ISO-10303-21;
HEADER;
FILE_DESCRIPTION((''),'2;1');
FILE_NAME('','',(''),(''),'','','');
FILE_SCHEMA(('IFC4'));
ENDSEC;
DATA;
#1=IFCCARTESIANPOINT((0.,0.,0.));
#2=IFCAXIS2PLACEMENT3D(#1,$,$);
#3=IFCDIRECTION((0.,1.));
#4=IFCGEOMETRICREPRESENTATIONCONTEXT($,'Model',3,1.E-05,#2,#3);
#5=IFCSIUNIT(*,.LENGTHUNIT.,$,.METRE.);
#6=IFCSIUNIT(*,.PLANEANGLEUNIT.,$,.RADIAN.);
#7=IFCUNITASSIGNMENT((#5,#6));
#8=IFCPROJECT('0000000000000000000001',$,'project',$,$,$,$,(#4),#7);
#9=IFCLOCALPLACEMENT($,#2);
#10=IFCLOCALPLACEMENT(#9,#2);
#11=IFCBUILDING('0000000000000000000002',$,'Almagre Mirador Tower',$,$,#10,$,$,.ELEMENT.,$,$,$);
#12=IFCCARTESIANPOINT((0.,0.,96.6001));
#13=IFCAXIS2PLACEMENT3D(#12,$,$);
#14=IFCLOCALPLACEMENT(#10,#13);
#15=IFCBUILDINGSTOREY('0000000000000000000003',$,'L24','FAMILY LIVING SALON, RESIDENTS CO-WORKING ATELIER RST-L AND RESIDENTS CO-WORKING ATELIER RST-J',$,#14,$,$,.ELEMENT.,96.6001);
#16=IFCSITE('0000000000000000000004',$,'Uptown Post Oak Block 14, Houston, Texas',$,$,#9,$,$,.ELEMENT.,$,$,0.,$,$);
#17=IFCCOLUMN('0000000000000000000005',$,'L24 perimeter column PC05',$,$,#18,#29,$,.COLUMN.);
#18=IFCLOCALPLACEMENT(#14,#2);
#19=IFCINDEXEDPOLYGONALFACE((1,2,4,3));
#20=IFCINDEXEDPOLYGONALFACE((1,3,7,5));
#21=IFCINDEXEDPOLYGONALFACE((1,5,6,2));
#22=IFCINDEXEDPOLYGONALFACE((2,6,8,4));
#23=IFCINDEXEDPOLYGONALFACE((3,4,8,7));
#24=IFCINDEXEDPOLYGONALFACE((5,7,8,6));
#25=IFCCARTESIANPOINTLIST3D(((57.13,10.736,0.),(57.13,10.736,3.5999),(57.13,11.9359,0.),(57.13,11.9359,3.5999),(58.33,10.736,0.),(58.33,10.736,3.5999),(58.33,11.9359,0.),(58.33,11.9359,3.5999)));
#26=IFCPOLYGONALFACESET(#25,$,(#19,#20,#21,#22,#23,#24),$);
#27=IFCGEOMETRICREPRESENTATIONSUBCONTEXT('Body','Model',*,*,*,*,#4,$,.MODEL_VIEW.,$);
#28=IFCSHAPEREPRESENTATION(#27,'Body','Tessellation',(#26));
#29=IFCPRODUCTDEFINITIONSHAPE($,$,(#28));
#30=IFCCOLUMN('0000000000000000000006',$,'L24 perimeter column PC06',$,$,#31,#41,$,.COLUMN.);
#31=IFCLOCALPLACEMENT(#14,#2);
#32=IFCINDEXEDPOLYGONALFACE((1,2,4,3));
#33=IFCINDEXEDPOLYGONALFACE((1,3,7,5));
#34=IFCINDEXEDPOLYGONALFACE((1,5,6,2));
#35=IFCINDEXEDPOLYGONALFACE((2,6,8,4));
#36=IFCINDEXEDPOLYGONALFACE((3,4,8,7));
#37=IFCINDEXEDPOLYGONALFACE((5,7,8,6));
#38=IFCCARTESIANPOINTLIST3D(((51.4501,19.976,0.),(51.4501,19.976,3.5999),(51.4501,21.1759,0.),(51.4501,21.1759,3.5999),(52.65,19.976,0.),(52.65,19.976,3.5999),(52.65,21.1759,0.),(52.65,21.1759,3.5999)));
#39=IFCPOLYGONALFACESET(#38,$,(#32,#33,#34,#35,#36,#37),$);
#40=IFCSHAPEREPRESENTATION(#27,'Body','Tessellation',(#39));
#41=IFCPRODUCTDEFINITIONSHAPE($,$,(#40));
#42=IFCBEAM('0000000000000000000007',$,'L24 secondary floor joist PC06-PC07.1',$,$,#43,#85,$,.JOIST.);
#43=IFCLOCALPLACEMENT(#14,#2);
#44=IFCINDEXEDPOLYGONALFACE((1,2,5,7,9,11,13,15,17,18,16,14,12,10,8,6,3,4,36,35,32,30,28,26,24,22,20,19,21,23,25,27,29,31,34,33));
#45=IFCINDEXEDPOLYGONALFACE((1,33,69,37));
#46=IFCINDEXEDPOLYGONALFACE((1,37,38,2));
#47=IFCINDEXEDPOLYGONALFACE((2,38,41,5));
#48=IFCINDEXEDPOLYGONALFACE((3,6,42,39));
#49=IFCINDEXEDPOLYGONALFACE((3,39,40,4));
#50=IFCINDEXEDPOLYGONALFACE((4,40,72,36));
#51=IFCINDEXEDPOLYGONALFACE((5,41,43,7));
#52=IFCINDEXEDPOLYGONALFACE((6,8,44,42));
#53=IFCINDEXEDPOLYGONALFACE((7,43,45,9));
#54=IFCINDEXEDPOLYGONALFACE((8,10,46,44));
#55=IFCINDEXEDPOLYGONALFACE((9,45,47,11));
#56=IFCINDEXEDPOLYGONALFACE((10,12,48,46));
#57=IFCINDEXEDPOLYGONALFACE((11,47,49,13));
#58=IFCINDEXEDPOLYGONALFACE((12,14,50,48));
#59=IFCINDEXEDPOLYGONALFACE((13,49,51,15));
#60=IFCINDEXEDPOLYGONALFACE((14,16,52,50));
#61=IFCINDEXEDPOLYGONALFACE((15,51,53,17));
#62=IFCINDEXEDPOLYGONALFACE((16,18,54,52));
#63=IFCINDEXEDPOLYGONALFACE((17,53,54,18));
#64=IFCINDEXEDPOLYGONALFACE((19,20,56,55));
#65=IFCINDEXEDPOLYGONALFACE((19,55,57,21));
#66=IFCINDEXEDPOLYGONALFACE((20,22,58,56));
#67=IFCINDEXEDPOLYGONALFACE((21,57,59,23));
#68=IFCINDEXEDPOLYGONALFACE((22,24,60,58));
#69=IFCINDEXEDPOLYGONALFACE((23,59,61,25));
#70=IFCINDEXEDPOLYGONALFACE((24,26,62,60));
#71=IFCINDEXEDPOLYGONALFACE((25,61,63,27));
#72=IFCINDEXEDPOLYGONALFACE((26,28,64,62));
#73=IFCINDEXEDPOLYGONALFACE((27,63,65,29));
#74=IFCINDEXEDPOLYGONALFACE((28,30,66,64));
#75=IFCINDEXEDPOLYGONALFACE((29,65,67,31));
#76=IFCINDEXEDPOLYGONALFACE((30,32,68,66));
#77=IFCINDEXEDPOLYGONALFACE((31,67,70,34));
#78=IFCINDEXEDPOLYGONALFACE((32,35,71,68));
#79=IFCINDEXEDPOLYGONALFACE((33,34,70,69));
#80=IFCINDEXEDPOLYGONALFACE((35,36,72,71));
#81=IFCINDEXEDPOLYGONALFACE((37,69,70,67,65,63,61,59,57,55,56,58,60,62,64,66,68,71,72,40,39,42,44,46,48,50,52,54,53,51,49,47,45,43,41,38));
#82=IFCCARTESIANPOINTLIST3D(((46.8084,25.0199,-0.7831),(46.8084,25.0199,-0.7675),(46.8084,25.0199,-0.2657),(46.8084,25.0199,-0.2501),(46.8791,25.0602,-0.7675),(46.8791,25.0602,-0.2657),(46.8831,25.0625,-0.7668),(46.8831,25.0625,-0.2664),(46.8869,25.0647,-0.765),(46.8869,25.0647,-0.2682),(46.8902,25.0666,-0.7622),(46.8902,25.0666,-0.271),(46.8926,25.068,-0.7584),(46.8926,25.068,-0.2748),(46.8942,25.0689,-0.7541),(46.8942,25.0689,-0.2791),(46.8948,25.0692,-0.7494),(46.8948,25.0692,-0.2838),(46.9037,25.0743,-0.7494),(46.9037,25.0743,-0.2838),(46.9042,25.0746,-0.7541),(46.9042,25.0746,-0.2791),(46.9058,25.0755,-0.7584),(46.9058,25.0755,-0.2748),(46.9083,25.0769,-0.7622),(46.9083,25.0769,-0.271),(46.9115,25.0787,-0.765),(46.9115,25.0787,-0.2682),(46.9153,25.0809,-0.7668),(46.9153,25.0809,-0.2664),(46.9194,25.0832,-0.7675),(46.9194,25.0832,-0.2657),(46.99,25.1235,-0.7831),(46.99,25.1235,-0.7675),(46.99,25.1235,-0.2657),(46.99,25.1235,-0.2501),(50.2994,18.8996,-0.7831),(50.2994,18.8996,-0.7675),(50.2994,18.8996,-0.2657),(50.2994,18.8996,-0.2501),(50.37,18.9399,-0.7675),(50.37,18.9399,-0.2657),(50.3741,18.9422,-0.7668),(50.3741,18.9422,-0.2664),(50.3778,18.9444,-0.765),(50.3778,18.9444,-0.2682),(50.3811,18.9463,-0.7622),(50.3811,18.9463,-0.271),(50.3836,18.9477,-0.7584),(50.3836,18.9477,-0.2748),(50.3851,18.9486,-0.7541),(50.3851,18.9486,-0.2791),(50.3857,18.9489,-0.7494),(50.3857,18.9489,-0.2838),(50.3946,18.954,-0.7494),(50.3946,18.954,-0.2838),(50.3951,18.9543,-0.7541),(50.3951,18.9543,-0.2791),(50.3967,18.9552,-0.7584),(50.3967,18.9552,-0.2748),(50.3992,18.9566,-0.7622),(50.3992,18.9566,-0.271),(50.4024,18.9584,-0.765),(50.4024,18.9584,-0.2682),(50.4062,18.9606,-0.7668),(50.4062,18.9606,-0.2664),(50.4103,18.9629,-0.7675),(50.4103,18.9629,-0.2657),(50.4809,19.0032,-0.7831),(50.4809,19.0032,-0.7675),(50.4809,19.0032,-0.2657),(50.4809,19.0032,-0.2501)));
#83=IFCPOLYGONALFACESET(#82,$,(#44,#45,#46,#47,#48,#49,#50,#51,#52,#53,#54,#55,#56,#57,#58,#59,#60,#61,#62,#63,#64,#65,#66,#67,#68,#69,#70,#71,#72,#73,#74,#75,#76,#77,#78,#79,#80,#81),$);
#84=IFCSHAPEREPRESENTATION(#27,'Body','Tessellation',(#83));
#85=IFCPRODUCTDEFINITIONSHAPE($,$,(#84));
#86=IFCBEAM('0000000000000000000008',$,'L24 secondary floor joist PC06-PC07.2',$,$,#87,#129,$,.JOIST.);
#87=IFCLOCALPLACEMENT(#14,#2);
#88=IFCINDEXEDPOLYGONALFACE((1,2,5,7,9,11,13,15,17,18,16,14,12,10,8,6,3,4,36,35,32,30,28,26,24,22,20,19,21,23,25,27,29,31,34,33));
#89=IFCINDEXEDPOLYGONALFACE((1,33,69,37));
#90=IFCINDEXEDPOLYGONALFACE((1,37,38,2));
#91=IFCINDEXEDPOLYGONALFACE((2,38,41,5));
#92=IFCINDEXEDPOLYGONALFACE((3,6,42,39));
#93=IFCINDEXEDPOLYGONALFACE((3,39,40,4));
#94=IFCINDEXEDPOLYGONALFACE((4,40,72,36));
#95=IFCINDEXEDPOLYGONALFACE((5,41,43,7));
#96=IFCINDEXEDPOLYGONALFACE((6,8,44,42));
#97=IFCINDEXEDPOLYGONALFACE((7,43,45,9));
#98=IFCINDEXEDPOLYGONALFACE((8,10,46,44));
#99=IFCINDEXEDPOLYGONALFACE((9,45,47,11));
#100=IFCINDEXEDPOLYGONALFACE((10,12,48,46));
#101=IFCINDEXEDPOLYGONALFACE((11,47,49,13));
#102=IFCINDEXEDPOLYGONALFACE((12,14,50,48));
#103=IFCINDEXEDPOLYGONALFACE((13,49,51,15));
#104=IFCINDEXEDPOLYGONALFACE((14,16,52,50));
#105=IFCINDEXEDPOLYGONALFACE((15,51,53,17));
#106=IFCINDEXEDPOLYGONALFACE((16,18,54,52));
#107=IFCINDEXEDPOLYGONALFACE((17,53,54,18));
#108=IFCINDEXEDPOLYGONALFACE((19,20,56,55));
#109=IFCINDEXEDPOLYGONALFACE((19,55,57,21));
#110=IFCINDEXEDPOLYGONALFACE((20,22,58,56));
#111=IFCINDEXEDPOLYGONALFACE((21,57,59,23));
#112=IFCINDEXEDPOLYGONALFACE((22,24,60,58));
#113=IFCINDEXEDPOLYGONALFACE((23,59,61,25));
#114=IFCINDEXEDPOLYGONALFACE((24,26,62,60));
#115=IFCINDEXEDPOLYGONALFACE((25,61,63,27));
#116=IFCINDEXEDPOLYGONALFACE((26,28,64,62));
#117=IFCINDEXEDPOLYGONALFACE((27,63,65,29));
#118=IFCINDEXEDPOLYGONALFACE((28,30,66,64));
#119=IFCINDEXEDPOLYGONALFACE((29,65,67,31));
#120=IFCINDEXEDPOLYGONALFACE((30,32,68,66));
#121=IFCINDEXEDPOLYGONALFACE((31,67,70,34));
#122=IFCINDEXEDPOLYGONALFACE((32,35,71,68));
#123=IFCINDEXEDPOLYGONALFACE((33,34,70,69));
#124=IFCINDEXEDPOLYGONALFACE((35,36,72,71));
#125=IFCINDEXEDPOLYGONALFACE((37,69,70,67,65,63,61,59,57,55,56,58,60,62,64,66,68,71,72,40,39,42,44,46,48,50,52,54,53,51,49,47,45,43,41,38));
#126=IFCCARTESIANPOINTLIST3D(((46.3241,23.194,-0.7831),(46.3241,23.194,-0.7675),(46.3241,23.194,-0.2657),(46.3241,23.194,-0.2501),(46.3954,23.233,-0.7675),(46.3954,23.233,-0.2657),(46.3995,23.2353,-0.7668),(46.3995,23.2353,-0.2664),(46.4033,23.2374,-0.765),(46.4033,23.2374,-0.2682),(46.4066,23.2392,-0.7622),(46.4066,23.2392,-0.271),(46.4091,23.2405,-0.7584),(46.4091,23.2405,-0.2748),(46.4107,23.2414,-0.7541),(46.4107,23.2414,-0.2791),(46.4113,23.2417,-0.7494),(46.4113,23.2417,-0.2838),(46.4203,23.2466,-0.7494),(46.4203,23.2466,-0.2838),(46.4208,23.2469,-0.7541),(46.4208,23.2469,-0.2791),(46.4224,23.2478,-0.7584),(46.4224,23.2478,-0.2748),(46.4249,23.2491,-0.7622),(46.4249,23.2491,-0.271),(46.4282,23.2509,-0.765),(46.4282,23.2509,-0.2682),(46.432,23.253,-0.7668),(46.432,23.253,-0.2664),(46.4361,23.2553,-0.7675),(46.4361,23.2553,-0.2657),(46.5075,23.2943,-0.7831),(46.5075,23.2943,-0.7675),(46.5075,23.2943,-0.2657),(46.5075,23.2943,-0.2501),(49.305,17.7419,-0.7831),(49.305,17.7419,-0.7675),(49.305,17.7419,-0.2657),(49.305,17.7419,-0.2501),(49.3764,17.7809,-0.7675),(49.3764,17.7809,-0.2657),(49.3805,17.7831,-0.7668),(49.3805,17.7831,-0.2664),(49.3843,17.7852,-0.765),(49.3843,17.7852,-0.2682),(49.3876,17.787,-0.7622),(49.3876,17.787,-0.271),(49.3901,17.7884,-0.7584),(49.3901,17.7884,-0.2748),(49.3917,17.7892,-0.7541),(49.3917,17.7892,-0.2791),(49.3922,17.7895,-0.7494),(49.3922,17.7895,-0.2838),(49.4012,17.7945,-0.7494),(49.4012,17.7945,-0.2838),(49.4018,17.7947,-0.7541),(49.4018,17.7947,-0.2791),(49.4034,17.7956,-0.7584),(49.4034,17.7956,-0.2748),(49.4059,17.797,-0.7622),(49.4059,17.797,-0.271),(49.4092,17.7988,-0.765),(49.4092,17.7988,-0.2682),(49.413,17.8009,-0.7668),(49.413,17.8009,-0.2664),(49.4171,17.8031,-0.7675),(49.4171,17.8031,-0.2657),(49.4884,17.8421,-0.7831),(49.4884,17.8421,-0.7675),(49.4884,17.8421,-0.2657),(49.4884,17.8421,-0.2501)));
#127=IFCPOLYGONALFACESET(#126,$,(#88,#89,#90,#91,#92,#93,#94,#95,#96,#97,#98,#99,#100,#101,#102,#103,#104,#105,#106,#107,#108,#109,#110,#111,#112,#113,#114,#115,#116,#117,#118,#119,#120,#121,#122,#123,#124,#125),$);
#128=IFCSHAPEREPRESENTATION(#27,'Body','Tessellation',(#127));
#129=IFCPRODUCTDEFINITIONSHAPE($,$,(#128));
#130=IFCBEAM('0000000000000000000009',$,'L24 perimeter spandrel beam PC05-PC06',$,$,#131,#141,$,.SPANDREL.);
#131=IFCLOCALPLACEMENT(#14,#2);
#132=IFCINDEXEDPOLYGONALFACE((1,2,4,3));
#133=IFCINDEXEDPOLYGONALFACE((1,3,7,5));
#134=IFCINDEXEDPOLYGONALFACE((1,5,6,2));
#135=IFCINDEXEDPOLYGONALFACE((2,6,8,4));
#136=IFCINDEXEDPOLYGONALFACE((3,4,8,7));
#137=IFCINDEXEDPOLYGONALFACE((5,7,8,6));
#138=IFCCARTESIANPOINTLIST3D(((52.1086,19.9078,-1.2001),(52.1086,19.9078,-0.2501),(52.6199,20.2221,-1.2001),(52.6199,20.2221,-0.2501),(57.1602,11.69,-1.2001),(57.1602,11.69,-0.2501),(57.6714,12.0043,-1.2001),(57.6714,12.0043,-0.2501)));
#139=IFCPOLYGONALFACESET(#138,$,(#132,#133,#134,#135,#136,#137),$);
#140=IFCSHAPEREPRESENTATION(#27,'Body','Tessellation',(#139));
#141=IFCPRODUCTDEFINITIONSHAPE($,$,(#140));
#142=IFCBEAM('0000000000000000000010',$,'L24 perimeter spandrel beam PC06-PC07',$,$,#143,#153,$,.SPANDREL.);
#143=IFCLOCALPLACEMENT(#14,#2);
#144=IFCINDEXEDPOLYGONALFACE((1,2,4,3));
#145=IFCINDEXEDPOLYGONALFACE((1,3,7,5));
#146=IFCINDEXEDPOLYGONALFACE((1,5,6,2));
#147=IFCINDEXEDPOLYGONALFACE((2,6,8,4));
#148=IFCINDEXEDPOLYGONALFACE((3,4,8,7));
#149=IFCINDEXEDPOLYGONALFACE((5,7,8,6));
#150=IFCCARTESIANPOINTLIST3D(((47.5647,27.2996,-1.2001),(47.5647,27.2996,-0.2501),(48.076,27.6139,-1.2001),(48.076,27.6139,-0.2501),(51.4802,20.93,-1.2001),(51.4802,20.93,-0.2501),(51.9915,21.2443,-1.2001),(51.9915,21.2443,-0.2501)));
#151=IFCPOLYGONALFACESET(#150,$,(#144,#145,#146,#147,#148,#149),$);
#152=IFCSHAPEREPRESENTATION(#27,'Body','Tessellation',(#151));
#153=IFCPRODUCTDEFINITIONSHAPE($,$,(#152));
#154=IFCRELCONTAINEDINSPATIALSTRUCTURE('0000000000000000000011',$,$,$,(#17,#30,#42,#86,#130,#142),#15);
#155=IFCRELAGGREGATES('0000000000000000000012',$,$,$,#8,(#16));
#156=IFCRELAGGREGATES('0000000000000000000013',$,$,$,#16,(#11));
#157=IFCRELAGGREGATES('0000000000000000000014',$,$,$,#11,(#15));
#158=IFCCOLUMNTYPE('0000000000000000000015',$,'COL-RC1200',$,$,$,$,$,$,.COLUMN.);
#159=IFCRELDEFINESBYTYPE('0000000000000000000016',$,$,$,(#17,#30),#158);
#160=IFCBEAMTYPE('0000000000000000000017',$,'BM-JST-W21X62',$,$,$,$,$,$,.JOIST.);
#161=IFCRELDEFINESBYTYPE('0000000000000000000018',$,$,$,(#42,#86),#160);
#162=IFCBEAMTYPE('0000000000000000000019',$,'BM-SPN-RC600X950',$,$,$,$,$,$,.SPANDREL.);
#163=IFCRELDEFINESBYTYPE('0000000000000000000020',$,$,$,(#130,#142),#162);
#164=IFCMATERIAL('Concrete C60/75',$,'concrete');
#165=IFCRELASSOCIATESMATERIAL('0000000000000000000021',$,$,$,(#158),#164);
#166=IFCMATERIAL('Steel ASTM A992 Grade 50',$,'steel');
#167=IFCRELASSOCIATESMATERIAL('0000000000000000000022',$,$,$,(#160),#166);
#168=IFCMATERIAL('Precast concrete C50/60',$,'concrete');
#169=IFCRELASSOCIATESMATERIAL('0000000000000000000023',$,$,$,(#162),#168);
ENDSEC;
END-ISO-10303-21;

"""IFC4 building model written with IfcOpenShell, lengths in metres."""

from ifc_helpers import new_model, si_unit, direction, frame, origin, origin_2d, place, context, subcontext, project, spatial, rectangle, i_section, extrude, material, material_profile, profile_set, type_object, element, save


model = new_model("IFC4")

# Units and contexts
model_context = context("Model", 3, precision=1e-05, world=origin(), true_north=direction((0.0, 1.0)))
body_context = subcontext(model_context, "Body", "Model", "MODEL_VIEW")
ifc_project = project(units=[si_unit("LENGTHUNIT", "METRE"), si_unit("PLANEANGLEUNIT", "RADIAN")], contexts=[model_context])

# Site, building, storey
site_placement = place(None, origin())
site = spatial("IfcSite", under=ifc_project, at=site_placement, Name="Uptown Post Oak Block 14, Houston, Texas", CompositionType="ELEMENT", RefElevation=0.0)
building_placement = place(site_placement, origin())
building = spatial("IfcBuilding", under=site, at=building_placement, Name="Almagre Mirador Tower", CompositionType="ELEMENT")
storey_placement = place(building_placement, frame((0.0, 0.0, 96.6001)))
storey = spatial("IfcBuildingStorey", under=building, at=storey_placement, Name="L24", Description="FAMILY LIVING SALON, RESIDENTS CO-WORKING ATELIER RST-L AND RESIDENTS CO-WORKING ATELIER RST-J", CompositionType="ELEMENT", Elevation=96.6001)

# Columns
ifc_material_1 = material(Name="Concrete C60/75", Category="concrete")
ifc_material_profile_1 = material_profile(ifc_material_1, rectangle(XDim=1.2, YDim=1.2, at=origin_2d()), Name="RC1200X1200")
ifc_profile_set_1 = profile_set([ifc_material_profile_1], Name="Concrete C60/75")
column_type = type_object("IfcColumnType", Name="COL-RC1200", PredefinedType="COLUMN", material=ifc_profile_set_1)
for number, where, z_axis, x_axis, name in (
    (1, (57.73, 11.3359, 0.0), (0.0, 0.0, 1.0), (1.0, 0.0, 0.0), "L24 perimeter column PC05"),
    (2, (52.05, 20.5759, 0.0), (0.0, 0.0, 1.0), (1.0, 0.0, 0.0), "L24 perimeter column PC06"),
):
    element("IfcColumn", number, at=place(storey_placement, frame(where, z_axis=z_axis, x_axis=x_axis)), inside=storey, type_object=column_type, Name=name, PredefinedType="COLUMN", context=body_context, shape_type="SweptSolid", body=[
        extrude(rectangle(XDim=1.2, YDim=1.2, at=origin_2d()), origin(), (0.0, 0.0, 1.0), 3.5999),
    ])

# Beams
ifc_material_2 = material(Name="Steel ASTM A992 Grade 50", Category="steel")
ifc_material_profile_2 = material_profile(ifc_material_2, i_section(OverallWidth=0.209, OverallDepth=0.533, WebThickness=0.0103, FlangeThickness=0.0156, FilletRadius=0.0181, at=origin_2d()), Name="W21X62")
ifc_profile_set_2 = profile_set([ifc_material_profile_2], Name="Steel ASTM A992 Grade 50")
beam_type_1 = type_object("IfcBeamType", Name="BM-JST-W21X62", PredefinedType="JOIST", material=ifc_profile_set_2)
beam_1_placement = place(storey_placement, frame((50.3901, 18.9514, -0.5166), z_axis=(-0.495456, 0.868633, 0.0), x_axis=(-0.868633, -0.495456, 0.0)))
element("IfcBeam", 3, at=beam_1_placement, inside=storey, type_object=beam_type_1, Name="L24 secondary floor joist PC06-PC07.1", PredefinedType="JOIST", context=body_context, shape_type="SweptSolid", body=[
    extrude(i_section(OverallWidth=0.209, OverallDepth=0.533, WebThickness=0.0103, FlangeThickness=0.0156, FilletRadius=0.0181, at=origin_2d()), origin(), (0.0, 0.0, 1.0), 7.0459),
])
beam_2_placement = place(storey_placement, frame((49.3967, 17.792, -0.5166), z_axis=(-0.479727, 0.877418, 0.0), x_axis=(-0.877418, -0.479727, 0.0)))
element("IfcBeam", 4, at=beam_2_placement, inside=storey, type_object=beam_type_1, Name="L24 secondary floor joist PC06-PC07.2", PredefinedType="JOIST", context=body_context, shape_type="SweptSolid", body=[
    extrude(i_section(OverallWidth=0.209, OverallDepth=0.533, WebThickness=0.0103, FlangeThickness=0.0156, FilletRadius=0.0181, at=origin_2d()), origin(), (0.0, 0.0, 1.0), 6.2139),
])
ifc_material_3 = material(Name="Precast concrete C50/60", Category="concrete")
ifc_material_profile_3 = material_profile(ifc_material_3, rectangle(XDim=0.6001, YDim=0.95, at=origin_2d()), Name="RC600X950")
ifc_profile_set_3 = profile_set([ifc_material_profile_3], Name="Precast concrete C50/60")
beam_type_2 = type_object("IfcBeamType", Name="BM-SPN-RC600X950", PredefinedType="SPANDREL", material=ifc_profile_set_3)
beam_3_placement = place(storey_placement, frame((57.4158, 11.8472, -0.7251), z_axis=(-0.523678, 0.851916, 0.0), x_axis=(-0.851916, -0.523678, 0.0)))
element("IfcBeam", 5, at=beam_3_placement, inside=storey, type_object=beam_type_2, Name="L24 perimeter spandrel beam PC05-PC06", PredefinedType="SPANDREL", context=body_context, shape_type="SweptSolid", body=[
    extrude(rectangle(XDim=0.6001, YDim=0.95, at=origin_2d()), origin(), (0.0, 0.0, 1.0), 9.6462),
])
beam_4_placement = place(storey_placement, frame((51.7358, 21.0872, -0.7251), z_axis=(-0.523686, 0.851912, 0.0), x_axis=(-0.851912, -0.523686, 0.0)))
element("IfcBeam", 6, at=beam_4_placement, inside=storey, type_object=beam_type_2, Name="L24 perimeter spandrel beam PC06-PC07", PredefinedType="SPANDREL", context=body_context, shape_type="SweptSolid", body=[
    extrude(rectangle(XDim=0.6001, YDim=0.95, at=origin_2d()), origin(), (0.0, 0.0, 1.0), 7.4768),
])

save(model, "model.ifc")
